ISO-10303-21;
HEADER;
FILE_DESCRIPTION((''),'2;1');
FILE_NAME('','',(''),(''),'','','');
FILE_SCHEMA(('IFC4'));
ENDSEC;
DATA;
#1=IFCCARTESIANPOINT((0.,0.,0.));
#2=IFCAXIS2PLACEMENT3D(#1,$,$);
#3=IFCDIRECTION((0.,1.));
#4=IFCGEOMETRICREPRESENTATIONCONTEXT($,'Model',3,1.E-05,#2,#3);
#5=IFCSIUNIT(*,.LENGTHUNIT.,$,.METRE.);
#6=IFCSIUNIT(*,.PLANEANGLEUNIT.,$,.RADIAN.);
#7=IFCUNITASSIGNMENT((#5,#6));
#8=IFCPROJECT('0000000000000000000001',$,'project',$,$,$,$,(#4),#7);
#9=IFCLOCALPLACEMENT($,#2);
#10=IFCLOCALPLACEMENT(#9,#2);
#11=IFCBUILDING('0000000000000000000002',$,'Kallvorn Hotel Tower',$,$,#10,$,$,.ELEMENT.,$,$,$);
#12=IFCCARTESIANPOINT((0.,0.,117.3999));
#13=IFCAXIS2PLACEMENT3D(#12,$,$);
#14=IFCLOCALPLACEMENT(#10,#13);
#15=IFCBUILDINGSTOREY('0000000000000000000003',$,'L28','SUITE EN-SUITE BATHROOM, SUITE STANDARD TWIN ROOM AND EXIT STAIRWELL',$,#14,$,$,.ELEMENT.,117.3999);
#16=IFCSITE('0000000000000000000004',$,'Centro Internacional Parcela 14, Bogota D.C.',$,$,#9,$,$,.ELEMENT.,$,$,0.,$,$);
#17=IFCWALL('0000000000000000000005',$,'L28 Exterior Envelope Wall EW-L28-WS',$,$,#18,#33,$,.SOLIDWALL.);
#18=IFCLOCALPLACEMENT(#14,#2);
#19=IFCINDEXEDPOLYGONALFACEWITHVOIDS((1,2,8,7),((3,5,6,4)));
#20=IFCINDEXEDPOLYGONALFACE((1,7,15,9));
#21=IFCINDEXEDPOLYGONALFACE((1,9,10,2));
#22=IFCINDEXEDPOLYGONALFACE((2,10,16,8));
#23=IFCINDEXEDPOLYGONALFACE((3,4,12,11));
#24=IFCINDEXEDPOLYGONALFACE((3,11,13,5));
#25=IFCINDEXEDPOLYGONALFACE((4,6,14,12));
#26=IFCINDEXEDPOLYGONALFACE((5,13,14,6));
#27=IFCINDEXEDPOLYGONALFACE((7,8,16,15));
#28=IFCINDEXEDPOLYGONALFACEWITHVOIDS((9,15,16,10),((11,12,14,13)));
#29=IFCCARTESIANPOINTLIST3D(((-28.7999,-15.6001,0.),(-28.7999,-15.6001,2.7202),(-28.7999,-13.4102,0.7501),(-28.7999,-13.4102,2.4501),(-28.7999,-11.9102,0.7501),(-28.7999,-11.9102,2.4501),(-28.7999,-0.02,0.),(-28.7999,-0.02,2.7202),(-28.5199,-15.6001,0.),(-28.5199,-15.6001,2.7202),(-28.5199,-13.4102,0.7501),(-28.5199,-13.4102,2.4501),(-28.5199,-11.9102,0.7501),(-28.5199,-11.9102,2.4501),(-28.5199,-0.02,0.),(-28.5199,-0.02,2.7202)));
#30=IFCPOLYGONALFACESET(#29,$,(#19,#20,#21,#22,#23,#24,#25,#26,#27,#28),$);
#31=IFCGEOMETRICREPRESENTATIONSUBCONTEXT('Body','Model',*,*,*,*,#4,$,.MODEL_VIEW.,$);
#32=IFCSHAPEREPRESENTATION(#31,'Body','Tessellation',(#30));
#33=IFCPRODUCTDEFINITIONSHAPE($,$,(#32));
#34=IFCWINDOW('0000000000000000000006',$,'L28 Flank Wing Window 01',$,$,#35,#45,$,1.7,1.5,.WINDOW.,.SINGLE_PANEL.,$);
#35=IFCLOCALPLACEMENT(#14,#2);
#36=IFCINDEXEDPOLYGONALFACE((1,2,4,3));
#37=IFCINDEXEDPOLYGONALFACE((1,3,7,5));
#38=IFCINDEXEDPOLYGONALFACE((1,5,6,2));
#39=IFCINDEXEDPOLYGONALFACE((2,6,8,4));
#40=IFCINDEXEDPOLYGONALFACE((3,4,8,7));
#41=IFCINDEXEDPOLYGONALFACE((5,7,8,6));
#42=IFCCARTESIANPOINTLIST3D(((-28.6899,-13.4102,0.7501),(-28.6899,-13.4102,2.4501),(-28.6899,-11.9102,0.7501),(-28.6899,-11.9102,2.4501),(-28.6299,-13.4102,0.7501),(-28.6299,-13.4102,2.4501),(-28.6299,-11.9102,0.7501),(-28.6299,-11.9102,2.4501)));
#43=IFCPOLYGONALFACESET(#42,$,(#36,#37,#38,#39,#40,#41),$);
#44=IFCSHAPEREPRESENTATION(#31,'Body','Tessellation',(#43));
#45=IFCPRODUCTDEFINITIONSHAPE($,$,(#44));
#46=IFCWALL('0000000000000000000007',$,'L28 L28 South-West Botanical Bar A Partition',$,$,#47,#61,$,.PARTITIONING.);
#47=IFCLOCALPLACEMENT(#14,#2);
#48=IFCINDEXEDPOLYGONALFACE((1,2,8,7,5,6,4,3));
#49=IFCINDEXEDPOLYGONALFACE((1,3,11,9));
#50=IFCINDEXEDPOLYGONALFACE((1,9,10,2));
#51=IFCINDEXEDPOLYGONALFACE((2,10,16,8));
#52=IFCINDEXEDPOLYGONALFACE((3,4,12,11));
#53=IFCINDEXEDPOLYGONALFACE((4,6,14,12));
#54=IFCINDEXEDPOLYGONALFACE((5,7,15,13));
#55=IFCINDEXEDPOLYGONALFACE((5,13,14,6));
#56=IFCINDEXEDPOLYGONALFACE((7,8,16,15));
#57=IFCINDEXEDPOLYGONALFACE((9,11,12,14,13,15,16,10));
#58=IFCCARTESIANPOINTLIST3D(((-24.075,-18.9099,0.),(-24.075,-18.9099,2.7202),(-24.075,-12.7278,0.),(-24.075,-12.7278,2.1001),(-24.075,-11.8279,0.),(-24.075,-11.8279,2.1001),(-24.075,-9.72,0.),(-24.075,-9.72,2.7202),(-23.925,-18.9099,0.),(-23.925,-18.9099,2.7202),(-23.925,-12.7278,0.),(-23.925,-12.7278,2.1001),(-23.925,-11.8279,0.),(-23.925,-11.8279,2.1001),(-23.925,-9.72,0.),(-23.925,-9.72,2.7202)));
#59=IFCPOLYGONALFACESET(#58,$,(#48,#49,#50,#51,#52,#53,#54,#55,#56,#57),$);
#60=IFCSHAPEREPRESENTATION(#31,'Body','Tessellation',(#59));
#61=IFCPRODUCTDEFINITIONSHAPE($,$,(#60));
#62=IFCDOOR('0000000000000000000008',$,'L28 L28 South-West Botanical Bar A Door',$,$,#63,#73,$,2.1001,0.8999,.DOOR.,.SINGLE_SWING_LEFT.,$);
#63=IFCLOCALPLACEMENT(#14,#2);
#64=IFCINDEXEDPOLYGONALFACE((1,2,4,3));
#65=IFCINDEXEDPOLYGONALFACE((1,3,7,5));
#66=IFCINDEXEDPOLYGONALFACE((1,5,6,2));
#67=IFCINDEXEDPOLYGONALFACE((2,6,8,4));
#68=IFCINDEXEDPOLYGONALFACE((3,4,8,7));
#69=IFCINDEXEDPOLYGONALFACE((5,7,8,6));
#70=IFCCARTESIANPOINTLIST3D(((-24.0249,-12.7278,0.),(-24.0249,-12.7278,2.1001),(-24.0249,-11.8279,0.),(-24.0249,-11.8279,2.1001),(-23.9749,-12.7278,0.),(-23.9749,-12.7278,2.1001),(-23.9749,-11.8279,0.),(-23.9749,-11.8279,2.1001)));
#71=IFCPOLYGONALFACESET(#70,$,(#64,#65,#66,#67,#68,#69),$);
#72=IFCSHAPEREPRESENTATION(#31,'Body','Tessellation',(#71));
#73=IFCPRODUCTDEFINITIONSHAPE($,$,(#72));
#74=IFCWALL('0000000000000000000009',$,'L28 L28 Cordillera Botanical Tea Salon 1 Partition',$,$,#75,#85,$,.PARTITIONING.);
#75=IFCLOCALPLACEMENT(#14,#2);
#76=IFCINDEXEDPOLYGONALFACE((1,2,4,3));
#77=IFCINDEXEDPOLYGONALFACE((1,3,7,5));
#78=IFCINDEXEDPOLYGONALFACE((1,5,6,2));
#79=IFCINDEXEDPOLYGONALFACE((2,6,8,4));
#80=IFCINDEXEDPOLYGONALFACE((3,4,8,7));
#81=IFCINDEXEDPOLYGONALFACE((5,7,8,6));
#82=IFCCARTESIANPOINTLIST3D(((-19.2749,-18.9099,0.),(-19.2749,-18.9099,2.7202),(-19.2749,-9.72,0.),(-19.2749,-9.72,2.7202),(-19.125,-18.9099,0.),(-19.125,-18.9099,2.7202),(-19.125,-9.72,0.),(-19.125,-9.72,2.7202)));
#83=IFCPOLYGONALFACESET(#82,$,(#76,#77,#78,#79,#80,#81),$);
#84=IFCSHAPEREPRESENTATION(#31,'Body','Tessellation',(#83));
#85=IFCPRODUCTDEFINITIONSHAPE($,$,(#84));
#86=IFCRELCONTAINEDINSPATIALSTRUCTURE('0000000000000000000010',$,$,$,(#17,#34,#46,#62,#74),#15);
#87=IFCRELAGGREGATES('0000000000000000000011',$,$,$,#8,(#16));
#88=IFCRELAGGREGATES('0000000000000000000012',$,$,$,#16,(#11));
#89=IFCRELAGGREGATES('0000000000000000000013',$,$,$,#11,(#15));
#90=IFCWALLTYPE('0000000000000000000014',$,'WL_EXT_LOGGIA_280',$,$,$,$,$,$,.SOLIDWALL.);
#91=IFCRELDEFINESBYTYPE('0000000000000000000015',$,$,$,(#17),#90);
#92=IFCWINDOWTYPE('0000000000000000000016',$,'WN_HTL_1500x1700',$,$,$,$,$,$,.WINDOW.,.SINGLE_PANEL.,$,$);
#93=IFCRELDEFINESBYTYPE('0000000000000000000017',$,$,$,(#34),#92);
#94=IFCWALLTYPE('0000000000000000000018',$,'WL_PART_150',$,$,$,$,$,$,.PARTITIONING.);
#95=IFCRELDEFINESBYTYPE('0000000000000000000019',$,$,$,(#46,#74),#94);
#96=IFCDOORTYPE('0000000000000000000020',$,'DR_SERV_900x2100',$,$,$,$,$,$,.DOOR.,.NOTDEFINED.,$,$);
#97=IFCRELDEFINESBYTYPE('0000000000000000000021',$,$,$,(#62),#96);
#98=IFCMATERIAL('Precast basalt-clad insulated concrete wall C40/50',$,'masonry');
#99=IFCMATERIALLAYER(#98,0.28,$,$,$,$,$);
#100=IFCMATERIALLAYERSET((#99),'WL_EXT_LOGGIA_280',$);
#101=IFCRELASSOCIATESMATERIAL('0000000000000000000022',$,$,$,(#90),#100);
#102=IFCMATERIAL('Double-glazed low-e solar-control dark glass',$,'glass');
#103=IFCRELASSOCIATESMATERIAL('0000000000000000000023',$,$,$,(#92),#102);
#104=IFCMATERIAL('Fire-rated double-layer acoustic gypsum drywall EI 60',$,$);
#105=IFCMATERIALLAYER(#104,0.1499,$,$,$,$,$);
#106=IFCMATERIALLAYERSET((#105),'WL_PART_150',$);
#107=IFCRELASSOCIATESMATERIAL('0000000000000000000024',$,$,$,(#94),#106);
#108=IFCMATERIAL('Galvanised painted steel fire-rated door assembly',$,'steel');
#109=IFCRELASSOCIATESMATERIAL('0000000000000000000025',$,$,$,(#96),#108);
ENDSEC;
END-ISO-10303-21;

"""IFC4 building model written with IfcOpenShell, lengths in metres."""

from ifc_helpers import new_model, si_unit, direction, frame, frame_2d, origin, place, context, subcontext, project, spatial, rectangle, extrude, material, layer, layer_set, type_object, element, fill, save


model = new_model("IFC4")

# Units and contexts
model_context = context("Model", 3, precision=1e-05, world=origin(), true_north=direction((0.0, 1.0)))
body_context = subcontext(model_context, "Body", "Model", "MODEL_VIEW")
ifc_project = project(units=[si_unit("LENGTHUNIT", "METRE"), si_unit("PLANEANGLEUNIT", "RADIAN")], contexts=[model_context])

# Site, building, storey
site_placement = place(None, origin())
site = spatial("IfcSite", under=ifc_project, at=site_placement, Name="Centro Internacional Parcela 14, Bogota D.C.", CompositionType="ELEMENT", RefElevation=0.0)
building_placement = place(site_placement, origin())
building = spatial("IfcBuilding", under=site, at=building_placement, Name="Kallvorn Hotel Tower", CompositionType="ELEMENT")
storey_placement = place(building_placement, frame((0.0, 0.0, 117.3999)))
storey = spatial("IfcBuildingStorey", under=building, at=storey_placement, Name="L28", Description="SUITE EN-SUITE BATHROOM, SUITE STANDARD TWIN ROOM AND EXIT STAIRWELL", CompositionType="ELEMENT", Elevation=117.3999)

# Shared definitions
ifc_material_1 = material(Name="Precast basalt-clad insulated concrete wall C40/50", Category="masonry")
ifc_layer_1 = layer(ifc_material_1, 0.28)
ifc_layer_set_1 = layer_set([ifc_layer_1], Name="WL_EXT_LOGGIA_280")
wall_type_1 = type_object("IfcWallType", Name="WL_EXT_LOGGIA_280", PredefinedType="SOLIDWALL", material=ifc_layer_set_1)

# Wall, opening, window
wall_1_placement = place(storey_placement, frame((-28.6599, -15.6001, 0.0), z_axis=(0.0, 0.0, 1.0), x_axis=(0.0, 1.0, 0.0)))
wall_1 = element("IfcWall", 1, at=wall_1_placement, inside=storey, type_object=wall_type_1, Name="L28 Exterior Envelope Wall EW-L28-WS", PredefinedType="SOLIDWALL", context=body_context, shape_type="SweptSolid", body=[
    extrude(rectangle(XDim=15.5801, YDim=0.28, at=frame_2d((7.79, 0.0))), origin(), (0.0, 0.0, 1.0), 2.7202),
])
opening_1_placement = place(wall_1_placement, frame((2.1899, 0.0, 0.75)))
opening_1 = element("IfcOpeningElement", 2, at=opening_1_placement, cuts=wall_1, PredefinedType="OPENING", context=body_context, shape_type="SweptSolid", body=[
    extrude(rectangle(XDim=1.5, YDim=1.7, at=frame_2d((0.75, 0.8501))), frame((0.0, 0.155, 0.0), z_axis=(0.0, -1.0, 0.0), x_axis=(1.0, 0.0, 0.0)), (0.0, 0.0, 1.0), 0.3101),
])
ifc_material_2 = material(Name="Double-glazed low-e solar-control dark glass", Category="glass")
window_type_1 = type_object("IfcWindowType", Name="WN_HTL_1500x1700", PartitioningType="SINGLE_PANEL", PredefinedType="WINDOW", material=ifc_material_2)
window_1_placement = place(opening_1_placement, origin())
window_1 = element("IfcWindow", 3, at=window_1_placement, inside=storey, type_object=window_type_1, Name="L28 Flank Wing Window 01", OverallHeight=1.7, OverallWidth=1.5, PartitioningType="SINGLE_PANEL", PredefinedType="WINDOW", context=body_context, shape_type="SweptSolid", body=[
    extrude(rectangle(XDim=1.5, YDim=1.7, at=frame_2d((0.75, 0.8501))), frame((0.0, 0.03, 0.0), z_axis=(0.0, -1.0, 0.0), x_axis=(1.0, 0.0, 0.0)), (0.0, 0.0, 1.0), 0.0601),
])
fill(opening_1, window_1)

# Wall, opening, door
ifc_material_3 = material(Name="Fire-rated double-layer acoustic gypsum drywall EI 60")
ifc_layer_2 = layer(ifc_material_3, 0.1499)
ifc_layer_set_2 = layer_set([ifc_layer_2], Name="WL_PART_150")
wall_type_2 = type_object("IfcWallType", Name="WL_PART_150", PredefinedType="PARTITIONING", material=ifc_layer_set_2)
wall_2_placement = place(storey_placement, frame((-24.0, -18.9099, 0.0), z_axis=(0.0, 0.0, 1.0), x_axis=(0.0, 1.0, 0.0)))
wall_2 = element("IfcWall", 4, at=wall_2_placement, inside=storey, type_object=wall_type_2, Name="L28 L28 South-West Botanical Bar A Partition", PredefinedType="PARTITIONING", context=body_context, shape_type="SweptSolid", body=[
    extrude(rectangle(XDim=9.1899, YDim=0.1499, at=frame_2d((4.595, 0.0))), origin(), (0.0, 0.0, 1.0), 2.7202),
])
opening_2_placement = place(wall_2_placement, frame((6.1821, 0.0, 0.0)))
opening_2 = element("IfcOpeningElement", 5, at=opening_2_placement, cuts=wall_2, PredefinedType="OPENING", context=body_context, shape_type="SweptSolid", body=[
    extrude(rectangle(XDim=0.8999, YDim=2.1001, at=frame_2d((0.45, 1.05))), frame((0.0, 0.0898, 0.0), z_axis=(0.0, -1.0, 0.0), x_axis=(1.0, 0.0, 0.0)), (0.0, 0.0, 1.0), 0.1799),
])
ifc_material_4 = material(Name="Galvanised painted steel fire-rated door assembly", Category="steel")
door_type = type_object("IfcDoorType", Name="DR_SERV_900x2100", OperationType="NOTDEFINED", PredefinedType="DOOR", material=ifc_material_4)
door_placement = place(opening_2_placement, origin())
door = element("IfcDoor", 6, at=door_placement, inside=storey, type_object=door_type, Name="L28 L28 South-West Botanical Bar A Door", OperationType="SINGLE_SWING_LEFT", OverallHeight=2.1001, OverallWidth=0.8999, PredefinedType="DOOR", context=body_context, shape_type="SweptSolid", body=[
    extrude(rectangle(XDim=0.8999, YDim=2.1001, at=frame_2d((0.45, 1.05))), frame((0.0, 0.0249, 0.0), z_axis=(0.0, -1.0, 0.0), x_axis=(1.0, 0.0, 0.0)), (0.0, 0.0, 1.0), 0.05),
])
fill(opening_2, door)

# Wall
wall_3_placement = place(storey_placement, frame((-19.2, -18.9099, 0.0), z_axis=(0.0, 0.0, 1.0), x_axis=(0.0, 1.0, 0.0)))
element("IfcWall", 7, at=wall_3_placement, inside=storey, type_object=wall_type_2, Name="L28 L28 Cordillera Botanical Tea Salon 1 Partition", PredefinedType="PARTITIONING", context=body_context, shape_type="SweptSolid", body=[
    extrude(rectangle(XDim=9.1899, YDim=0.1499, at=frame_2d((4.595, 0.0))), origin(), (0.0, 0.0, 1.0), 2.7202),
])

save(model, "model.ifc")
